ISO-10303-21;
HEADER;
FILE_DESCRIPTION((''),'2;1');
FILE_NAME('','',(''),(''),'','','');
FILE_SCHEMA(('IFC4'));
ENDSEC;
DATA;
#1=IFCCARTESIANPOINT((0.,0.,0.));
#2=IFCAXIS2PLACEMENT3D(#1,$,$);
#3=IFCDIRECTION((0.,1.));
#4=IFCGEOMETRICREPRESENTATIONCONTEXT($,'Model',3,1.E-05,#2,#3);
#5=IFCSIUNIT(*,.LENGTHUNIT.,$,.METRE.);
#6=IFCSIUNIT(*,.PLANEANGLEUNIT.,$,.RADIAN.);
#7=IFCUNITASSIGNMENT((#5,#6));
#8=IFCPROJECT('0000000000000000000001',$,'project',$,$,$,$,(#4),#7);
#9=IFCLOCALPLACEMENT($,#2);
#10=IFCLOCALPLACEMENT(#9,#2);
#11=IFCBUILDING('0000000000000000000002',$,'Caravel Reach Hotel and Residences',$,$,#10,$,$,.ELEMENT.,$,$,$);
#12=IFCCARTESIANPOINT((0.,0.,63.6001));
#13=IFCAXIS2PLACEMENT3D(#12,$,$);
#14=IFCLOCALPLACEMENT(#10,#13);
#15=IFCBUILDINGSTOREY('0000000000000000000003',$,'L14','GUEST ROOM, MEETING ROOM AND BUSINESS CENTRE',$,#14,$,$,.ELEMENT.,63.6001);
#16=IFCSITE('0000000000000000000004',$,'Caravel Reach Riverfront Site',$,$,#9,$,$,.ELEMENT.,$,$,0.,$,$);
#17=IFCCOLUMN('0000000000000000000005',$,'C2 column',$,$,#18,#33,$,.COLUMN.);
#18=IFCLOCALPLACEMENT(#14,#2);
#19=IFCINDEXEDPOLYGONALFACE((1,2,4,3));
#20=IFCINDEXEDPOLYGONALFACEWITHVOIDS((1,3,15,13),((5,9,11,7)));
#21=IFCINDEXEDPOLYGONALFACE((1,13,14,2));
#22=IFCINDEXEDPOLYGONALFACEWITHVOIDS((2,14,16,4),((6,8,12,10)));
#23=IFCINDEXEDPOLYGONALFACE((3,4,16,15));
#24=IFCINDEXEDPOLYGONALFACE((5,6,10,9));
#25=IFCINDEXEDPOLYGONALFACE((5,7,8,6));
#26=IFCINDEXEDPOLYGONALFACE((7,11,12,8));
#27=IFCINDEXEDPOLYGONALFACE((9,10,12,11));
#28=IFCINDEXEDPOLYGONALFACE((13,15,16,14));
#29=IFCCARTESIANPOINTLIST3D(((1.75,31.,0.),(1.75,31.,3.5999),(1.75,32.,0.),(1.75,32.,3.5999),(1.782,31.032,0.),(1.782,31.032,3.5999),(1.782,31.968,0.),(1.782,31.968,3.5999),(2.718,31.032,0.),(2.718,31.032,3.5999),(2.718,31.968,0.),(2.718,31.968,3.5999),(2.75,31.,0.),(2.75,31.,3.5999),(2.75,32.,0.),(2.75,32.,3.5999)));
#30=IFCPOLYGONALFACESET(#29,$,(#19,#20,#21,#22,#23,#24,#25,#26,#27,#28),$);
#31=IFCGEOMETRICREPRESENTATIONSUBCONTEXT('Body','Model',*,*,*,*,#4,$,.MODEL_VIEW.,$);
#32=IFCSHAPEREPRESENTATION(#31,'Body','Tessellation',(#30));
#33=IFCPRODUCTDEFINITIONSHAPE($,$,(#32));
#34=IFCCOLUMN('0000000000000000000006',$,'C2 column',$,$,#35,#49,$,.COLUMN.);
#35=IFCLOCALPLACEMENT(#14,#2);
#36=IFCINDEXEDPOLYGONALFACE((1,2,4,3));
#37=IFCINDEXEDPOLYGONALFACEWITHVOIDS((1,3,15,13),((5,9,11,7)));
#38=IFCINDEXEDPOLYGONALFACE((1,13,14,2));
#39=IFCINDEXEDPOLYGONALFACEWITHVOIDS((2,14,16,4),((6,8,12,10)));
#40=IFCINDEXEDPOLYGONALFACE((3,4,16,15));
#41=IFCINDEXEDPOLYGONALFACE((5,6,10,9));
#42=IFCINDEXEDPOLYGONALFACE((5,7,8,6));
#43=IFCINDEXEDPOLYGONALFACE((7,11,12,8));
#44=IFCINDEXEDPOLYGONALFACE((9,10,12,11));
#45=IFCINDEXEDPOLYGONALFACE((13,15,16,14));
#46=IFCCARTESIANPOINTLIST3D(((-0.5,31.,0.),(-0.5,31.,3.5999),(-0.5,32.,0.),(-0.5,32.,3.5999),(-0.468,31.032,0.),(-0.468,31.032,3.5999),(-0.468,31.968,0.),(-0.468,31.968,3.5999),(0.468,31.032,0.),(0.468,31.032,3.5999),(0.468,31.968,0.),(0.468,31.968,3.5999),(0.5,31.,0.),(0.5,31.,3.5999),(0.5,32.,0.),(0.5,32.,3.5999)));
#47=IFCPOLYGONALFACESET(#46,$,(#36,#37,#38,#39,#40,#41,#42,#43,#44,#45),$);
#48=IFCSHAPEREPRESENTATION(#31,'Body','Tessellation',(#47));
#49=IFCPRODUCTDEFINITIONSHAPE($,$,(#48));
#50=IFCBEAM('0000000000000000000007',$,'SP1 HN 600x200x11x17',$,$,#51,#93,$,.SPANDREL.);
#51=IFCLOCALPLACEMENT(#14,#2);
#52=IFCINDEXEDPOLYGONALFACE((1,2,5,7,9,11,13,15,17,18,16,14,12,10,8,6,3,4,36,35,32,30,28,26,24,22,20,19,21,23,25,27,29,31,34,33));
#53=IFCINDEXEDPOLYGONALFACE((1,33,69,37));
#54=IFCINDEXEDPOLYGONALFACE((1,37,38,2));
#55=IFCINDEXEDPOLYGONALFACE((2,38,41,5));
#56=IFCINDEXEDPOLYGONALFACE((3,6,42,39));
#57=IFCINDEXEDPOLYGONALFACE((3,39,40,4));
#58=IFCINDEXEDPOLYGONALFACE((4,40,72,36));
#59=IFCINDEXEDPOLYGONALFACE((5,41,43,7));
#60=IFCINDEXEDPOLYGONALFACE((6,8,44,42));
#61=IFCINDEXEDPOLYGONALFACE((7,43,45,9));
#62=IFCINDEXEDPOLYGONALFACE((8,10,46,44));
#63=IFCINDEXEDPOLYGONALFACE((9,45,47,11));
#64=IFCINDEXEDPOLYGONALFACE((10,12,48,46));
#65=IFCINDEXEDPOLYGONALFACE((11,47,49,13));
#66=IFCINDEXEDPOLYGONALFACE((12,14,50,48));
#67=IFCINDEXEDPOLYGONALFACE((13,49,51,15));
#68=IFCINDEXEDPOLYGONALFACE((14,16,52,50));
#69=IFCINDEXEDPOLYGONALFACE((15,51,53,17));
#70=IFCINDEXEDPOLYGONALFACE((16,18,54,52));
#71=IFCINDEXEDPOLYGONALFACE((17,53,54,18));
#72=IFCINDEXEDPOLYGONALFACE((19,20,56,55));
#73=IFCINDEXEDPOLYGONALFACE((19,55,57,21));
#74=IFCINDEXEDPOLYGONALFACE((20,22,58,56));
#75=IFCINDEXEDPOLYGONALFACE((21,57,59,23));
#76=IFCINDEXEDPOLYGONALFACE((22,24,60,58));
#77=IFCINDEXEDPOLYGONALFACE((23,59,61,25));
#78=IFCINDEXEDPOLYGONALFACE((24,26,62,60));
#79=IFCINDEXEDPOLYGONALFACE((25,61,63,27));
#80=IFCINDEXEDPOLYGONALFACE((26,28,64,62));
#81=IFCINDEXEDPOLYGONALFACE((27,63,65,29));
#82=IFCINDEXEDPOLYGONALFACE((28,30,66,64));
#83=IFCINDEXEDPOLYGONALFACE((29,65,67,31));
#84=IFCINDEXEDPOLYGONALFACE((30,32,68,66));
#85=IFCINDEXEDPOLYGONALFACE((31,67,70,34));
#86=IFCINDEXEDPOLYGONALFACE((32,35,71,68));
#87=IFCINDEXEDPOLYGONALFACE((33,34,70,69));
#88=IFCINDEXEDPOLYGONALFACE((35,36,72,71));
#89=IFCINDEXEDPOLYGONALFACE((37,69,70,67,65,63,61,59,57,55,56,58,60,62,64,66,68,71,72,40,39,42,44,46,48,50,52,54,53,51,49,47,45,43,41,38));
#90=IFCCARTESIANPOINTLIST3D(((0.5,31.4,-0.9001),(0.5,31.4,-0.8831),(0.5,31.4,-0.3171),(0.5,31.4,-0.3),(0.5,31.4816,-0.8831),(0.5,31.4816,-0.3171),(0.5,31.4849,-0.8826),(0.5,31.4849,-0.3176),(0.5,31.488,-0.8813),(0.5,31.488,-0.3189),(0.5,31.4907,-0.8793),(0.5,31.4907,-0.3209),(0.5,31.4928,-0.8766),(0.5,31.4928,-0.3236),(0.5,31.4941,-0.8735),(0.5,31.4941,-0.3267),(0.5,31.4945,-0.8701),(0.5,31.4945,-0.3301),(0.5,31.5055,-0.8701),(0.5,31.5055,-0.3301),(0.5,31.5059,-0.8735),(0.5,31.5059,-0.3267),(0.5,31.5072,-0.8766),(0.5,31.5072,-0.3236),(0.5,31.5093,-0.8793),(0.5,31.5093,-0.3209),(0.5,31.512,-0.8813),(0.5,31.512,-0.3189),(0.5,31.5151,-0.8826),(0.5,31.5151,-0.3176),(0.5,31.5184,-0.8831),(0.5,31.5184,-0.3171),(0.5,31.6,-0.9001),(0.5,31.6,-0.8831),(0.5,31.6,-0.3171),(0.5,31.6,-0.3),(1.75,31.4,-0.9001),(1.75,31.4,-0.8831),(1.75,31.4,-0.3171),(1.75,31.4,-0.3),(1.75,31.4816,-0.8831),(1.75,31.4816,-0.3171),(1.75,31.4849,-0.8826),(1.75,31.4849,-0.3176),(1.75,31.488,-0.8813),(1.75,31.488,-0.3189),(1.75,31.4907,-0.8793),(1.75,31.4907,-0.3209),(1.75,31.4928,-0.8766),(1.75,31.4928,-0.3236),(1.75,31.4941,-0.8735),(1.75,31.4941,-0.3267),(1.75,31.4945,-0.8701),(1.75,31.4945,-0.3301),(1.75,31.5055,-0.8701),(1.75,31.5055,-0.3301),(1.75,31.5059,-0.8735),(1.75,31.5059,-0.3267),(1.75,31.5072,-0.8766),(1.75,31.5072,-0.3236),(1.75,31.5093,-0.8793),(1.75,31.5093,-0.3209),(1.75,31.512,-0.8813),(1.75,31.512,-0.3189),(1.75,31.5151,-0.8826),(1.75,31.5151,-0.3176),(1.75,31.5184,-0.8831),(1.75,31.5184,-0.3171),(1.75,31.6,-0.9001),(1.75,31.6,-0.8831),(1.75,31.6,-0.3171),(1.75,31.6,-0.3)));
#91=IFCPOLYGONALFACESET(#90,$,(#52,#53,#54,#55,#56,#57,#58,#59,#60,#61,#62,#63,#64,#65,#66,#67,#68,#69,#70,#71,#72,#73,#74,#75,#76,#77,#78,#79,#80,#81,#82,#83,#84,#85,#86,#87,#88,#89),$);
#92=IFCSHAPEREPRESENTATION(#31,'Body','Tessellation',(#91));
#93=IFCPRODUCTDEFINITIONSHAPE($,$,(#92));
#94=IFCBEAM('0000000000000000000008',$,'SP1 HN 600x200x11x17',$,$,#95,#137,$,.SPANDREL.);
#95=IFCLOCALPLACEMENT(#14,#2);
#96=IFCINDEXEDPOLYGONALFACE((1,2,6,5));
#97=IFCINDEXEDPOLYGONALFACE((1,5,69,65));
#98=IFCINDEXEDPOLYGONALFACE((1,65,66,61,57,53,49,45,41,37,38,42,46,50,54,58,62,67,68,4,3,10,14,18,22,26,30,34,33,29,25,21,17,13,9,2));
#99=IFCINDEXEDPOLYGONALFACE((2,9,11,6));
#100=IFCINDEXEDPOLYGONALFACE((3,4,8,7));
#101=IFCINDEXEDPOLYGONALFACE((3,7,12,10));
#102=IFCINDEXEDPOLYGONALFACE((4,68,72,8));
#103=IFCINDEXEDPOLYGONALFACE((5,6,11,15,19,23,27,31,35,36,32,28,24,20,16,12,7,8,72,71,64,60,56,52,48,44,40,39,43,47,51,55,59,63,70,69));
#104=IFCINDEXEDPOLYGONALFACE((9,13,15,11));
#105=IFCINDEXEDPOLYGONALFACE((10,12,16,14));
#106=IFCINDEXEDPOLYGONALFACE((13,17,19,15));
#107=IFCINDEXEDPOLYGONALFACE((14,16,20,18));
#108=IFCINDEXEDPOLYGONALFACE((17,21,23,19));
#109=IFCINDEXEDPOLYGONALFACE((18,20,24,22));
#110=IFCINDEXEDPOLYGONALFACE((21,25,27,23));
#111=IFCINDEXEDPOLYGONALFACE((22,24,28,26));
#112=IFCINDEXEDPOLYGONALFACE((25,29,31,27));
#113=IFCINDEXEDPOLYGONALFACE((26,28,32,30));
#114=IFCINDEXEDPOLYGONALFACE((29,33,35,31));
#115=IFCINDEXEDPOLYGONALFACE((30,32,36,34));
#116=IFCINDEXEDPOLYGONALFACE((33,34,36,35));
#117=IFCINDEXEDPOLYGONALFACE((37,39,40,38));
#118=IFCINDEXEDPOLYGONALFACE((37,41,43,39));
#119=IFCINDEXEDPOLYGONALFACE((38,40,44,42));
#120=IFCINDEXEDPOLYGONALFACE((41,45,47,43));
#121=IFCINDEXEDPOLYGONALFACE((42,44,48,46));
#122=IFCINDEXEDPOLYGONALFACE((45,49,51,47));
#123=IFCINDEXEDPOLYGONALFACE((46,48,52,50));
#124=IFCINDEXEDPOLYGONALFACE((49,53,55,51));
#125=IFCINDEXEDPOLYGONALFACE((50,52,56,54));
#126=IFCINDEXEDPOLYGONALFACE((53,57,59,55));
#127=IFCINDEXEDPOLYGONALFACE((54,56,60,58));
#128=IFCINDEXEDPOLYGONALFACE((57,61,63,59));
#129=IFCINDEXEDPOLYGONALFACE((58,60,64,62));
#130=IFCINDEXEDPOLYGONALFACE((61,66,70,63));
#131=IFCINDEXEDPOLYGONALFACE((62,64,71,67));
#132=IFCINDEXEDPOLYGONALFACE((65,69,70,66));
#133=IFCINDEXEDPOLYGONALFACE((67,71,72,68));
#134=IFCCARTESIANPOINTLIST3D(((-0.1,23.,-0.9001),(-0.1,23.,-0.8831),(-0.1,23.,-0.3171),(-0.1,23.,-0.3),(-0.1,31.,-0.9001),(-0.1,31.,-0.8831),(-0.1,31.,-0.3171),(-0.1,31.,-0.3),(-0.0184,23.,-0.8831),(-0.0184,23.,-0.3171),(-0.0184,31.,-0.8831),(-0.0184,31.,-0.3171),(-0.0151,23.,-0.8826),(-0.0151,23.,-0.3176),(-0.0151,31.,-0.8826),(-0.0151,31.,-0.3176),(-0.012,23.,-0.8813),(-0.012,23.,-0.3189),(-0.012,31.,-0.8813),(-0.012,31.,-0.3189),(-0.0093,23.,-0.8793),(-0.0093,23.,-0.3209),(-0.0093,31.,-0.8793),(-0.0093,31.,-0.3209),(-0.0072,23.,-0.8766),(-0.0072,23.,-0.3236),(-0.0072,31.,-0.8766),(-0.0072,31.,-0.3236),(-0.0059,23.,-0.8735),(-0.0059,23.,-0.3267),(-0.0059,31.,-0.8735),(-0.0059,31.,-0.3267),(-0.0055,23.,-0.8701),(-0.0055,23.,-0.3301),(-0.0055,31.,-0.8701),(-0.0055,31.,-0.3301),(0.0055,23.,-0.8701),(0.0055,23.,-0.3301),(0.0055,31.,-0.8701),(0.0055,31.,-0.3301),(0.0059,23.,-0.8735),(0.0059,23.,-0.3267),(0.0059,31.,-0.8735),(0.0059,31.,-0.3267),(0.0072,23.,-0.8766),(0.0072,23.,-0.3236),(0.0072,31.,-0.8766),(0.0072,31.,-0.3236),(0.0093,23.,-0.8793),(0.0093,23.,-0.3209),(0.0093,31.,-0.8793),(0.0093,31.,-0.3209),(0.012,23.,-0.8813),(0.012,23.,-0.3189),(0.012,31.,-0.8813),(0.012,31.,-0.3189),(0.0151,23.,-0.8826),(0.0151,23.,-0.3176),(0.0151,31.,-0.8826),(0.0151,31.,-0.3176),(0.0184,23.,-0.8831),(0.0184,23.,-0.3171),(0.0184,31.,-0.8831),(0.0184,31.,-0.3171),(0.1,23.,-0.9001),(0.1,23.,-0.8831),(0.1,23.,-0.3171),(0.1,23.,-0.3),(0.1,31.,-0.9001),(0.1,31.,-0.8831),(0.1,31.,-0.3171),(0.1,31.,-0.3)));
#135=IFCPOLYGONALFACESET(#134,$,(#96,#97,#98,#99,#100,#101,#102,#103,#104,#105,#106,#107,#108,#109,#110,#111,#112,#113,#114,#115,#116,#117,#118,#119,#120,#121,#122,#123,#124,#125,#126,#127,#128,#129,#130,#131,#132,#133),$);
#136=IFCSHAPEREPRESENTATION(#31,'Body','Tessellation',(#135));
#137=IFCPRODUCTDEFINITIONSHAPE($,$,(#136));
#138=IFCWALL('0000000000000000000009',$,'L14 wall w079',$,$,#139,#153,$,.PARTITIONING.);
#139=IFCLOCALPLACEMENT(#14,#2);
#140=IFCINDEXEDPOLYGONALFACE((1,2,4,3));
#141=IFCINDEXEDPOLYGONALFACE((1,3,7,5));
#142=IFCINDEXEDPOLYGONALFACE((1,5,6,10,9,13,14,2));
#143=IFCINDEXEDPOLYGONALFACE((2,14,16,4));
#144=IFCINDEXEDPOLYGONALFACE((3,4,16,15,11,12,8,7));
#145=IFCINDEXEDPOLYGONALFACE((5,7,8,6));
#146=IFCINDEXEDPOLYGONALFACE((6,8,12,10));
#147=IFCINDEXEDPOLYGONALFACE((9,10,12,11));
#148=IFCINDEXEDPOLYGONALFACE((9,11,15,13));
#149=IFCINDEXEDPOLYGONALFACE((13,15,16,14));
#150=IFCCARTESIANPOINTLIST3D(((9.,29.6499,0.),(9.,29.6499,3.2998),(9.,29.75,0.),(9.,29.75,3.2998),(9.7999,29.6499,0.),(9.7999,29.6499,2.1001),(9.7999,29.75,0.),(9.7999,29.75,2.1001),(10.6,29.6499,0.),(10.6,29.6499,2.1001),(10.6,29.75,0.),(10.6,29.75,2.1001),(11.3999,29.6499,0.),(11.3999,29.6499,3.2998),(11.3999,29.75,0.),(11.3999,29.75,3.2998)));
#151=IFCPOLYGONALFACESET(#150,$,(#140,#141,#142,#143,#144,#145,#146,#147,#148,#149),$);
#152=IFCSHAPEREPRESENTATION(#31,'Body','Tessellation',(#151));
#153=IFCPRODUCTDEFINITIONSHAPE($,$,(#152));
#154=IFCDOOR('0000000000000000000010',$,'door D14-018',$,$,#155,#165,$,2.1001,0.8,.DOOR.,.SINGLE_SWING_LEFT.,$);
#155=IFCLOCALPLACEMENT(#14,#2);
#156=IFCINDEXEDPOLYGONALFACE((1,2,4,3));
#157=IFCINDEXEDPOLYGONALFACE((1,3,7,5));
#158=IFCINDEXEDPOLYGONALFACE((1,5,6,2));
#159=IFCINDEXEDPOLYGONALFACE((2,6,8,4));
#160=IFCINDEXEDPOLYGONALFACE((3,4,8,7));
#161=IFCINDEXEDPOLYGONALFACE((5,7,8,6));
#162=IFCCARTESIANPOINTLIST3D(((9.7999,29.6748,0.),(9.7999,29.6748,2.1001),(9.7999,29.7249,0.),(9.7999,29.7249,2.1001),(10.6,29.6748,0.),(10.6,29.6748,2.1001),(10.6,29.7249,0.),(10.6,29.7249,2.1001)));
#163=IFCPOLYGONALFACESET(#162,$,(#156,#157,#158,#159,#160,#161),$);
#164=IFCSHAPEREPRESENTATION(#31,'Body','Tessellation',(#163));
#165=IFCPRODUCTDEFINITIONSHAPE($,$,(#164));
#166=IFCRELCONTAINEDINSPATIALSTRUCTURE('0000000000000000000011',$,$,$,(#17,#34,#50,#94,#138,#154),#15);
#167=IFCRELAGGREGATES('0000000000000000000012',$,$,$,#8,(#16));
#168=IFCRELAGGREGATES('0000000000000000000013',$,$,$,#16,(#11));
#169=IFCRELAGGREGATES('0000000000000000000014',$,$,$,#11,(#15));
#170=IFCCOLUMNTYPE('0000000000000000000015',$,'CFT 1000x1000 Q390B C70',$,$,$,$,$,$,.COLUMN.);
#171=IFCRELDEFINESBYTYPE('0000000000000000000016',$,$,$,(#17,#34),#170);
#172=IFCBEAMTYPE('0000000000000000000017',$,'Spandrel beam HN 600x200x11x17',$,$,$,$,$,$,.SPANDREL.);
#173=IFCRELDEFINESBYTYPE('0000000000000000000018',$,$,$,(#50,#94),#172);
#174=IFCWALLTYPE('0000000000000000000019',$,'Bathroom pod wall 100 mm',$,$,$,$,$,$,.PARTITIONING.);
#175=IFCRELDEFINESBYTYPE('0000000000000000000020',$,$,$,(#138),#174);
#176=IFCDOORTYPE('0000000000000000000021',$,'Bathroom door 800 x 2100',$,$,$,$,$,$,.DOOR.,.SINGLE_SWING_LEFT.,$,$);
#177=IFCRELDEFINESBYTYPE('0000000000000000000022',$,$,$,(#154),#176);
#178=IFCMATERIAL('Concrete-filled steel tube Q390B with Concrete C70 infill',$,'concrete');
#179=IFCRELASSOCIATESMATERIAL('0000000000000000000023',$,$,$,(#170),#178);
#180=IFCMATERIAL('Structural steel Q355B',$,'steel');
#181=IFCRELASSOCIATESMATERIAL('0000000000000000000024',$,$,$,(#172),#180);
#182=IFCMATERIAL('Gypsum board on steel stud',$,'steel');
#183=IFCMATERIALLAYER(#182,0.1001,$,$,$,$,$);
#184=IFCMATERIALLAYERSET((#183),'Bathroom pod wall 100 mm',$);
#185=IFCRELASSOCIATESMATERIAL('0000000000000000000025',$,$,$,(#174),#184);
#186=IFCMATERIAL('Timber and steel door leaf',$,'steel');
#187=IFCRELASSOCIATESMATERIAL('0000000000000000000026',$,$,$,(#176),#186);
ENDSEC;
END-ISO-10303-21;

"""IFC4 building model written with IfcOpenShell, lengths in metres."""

from ifc_helpers import new_model, si_unit, direction, frame, frame_2d, origin, origin_2d, place, context, subcontext, project, spatial, rectangle, hollow_rectangle, i_section, extrude, material, layer, layer_set, material_profile, profile_set, type_object, element, fill, save


model = new_model("IFC4")

# Units and contexts
model_context = context("Model", 3, precision=1e-05, world=origin(), true_north=direction((0.0, 1.0)))
body_context = subcontext(model_context, "Body", "Model", "MODEL_VIEW")
ifc_project = project(units=[si_unit("LENGTHUNIT", "METRE"), si_unit("PLANEANGLEUNIT", "RADIAN")], contexts=[model_context])

# Site, building, storey
site_placement = place(None, origin())
site = spatial("IfcSite", under=ifc_project, at=site_placement, Name="Caravel Reach Riverfront Site", CompositionType="ELEMENT", RefElevation=0.0)
building_placement = place(site_placement, origin())
building = spatial("IfcBuilding", under=site, at=building_placement, Name="Caravel Reach Hotel and Residences", CompositionType="ELEMENT")
storey_placement = place(building_placement, frame((0.0, 0.0, 63.6001)))
storey = spatial("IfcBuildingStorey", under=building, at=storey_placement, Name="L14", Description="GUEST ROOM, MEETING ROOM AND BUSINESS CENTRE", CompositionType="ELEMENT", Elevation=63.6001)

# Columns
ifc_material_1 = material(Name="Concrete-filled steel tube Q390B with Concrete C70 infill", Category="concrete")
ifc_material_profile_1 = material_profile(ifc_material_1, hollow_rectangle(XDim=1.0, YDim=1.0, WallThickness=0.032, at=origin_2d()), Name="RHS 1000x1000x32")
ifc_profile_set_1 = profile_set([ifc_material_profile_1], Name="Concrete-filled steel tube Q390B with Concrete C70 infill")
column_type = type_object("IfcColumnType", Name="CFT 1000x1000 Q390B C70", PredefinedType="COLUMN", material=ifc_profile_set_1)
for number, where, z_axis, x_axis, name in (
    (1, (2.25, 31.5, 0.0), (0.0, 0.0, 1.0), (1.0, 0.0, 0.0), "C2 column"),
    (2, (0.0, 31.5, 0.0), (0.0, 0.0, 1.0), (1.0, 0.0, 0.0), "C2 column"),
):
    element("IfcColumn", number, at=place(storey_placement, frame(where, z_axis=z_axis, x_axis=x_axis)), inside=storey, type_object=column_type, Name=name, PredefinedType="COLUMN", context=body_context, shape_type="SweptSolid", body=[
        extrude(hollow_rectangle(XDim=1.0, YDim=1.0, WallThickness=0.032, at=origin_2d()), origin(), (0.0, 0.0, 1.0), 3.5999),
    ])

# Beams
ifc_material_2 = material(Name="Structural steel Q355B", Category="steel")
ifc_material_profile_2 = material_profile(ifc_material_2, i_section(OverallWidth=0.2, OverallDepth=0.6001, WebThickness=0.011, FlangeThickness=0.0171, FilletRadius=0.0129, at=origin_2d()), Name="HN 600x200x11x17")
ifc_profile_set_2 = profile_set([ifc_material_profile_2], Name="Structural steel Q355B")
beam_type = type_object("IfcBeamType", Name="Spandrel beam HN 600x200x11x17", PredefinedType="SPANDREL", material=ifc_profile_set_2)
beam_1_placement = place(storey_placement, frame((1.75, 31.5, -0.6001), z_axis=(-1.0, 0.0, 0.0), x_axis=(0.0, -1.0, 0.0)))
element("IfcBeam", 3, at=beam_1_placement, inside=storey, type_object=beam_type, Name="SP1 HN 600x200x11x17", PredefinedType="SPANDREL", context=body_context, shape_type="SweptSolid", body=[
    extrude(i_section(OverallWidth=0.2, OverallDepth=0.6001, WebThickness=0.011, FlangeThickness=0.0171, FilletRadius=0.0129, at=origin_2d()), origin(), (0.0, 0.0, 1.0), 1.25),
])
beam_2_placement = place(storey_placement, frame((0.0, 31.0, -0.6001), z_axis=(0.0, -1.0, 0.0), x_axis=(1.0, 0.0, 0.0)))
element("IfcBeam", 4, at=beam_2_placement, inside=storey, type_object=beam_type, Name="SP1 HN 600x200x11x17", PredefinedType="SPANDREL", context=body_context, shape_type="SweptSolid", body=[
    extrude(i_section(OverallWidth=0.2, OverallDepth=0.6001, WebThickness=0.011, FlangeThickness=0.0171, FilletRadius=0.0129, at=origin_2d()), origin(), (0.0, 0.0, 1.0), 8.0),
])

# Wall, opening, door
ifc_material_3 = material(Name="Gypsum board on steel stud", Category="steel")
ifc_layer_1 = layer(ifc_material_3, 0.1001)
ifc_layer_set_1 = layer_set([ifc_layer_1], Name="Bathroom pod wall 100 mm")
wall_type_1 = type_object("IfcWallType", Name="Bathroom pod wall 100 mm", PredefinedType="PARTITIONING", material=ifc_layer_set_1)
wall_1_placement = place(storey_placement, frame((9.0, 29.7, 0.0), z_axis=(0.0, 0.0, 1.0), x_axis=(1.0, 0.0, 0.0)))
wall_1 = element("IfcWall", 5, at=wall_1_placement, inside=storey, type_object=wall_type_1, Name="L14 wall w079", PredefinedType="PARTITIONING", context=body_context, shape_type="SweptSolid", body=[
    extrude(rectangle(XDim=2.3999, YDim=0.1001, at=frame_2d((1.2, 0.0))), origin(), (0.0, 0.0, 1.0), 3.2998),
])
opening_1_placement = place(wall_1_placement, frame((0.8, 0.0, 0.0)))
opening_1 = element("IfcOpeningElement", 6, at=opening_1_placement, cuts=wall_1, PredefinedType="OPENING", context=body_context, shape_type="SweptSolid", body=[
    extrude(rectangle(XDim=0.8, YDim=2.1001, at=frame_2d((0.3999, 1.05))), frame((0.0, 0.0601, 0.0), z_axis=(0.0, -1.0, 0.0), x_axis=(1.0, 0.0, 0.0)), (0.0, 0.0, 1.0), 0.1201),
])
ifc_material_4 = material(Name="Timber and steel door leaf", Category="steel")
door_type_1 = type_object("IfcDoorType", Name="Bathroom door 800 x 2100", OperationType="SINGLE_SWING_LEFT", PredefinedType="DOOR", material=ifc_material_4)
door_1_placement = place(opening_1_placement, origin())
door_1 = element("IfcDoor", 7, at=door_1_placement, inside=storey, type_object=door_type_1, Name="door D14-018", OperationType="SINGLE_SWING_LEFT", OverallHeight=2.1001, OverallWidth=0.8, PredefinedType="DOOR", context=body_context, shape_type="SweptSolid", body=[
    extrude(rectangle(XDim=0.8, YDim=2.1001, at=frame_2d((0.3999, 1.05))), frame((0.0, 0.0249, 0.0), z_axis=(0.0, -1.0, 0.0), x_axis=(1.0, 0.0, 0.0)), (0.0, 0.0, 1.0), 0.05),
])
fill(opening_1, door_1)

save(model, "model.ifc")
